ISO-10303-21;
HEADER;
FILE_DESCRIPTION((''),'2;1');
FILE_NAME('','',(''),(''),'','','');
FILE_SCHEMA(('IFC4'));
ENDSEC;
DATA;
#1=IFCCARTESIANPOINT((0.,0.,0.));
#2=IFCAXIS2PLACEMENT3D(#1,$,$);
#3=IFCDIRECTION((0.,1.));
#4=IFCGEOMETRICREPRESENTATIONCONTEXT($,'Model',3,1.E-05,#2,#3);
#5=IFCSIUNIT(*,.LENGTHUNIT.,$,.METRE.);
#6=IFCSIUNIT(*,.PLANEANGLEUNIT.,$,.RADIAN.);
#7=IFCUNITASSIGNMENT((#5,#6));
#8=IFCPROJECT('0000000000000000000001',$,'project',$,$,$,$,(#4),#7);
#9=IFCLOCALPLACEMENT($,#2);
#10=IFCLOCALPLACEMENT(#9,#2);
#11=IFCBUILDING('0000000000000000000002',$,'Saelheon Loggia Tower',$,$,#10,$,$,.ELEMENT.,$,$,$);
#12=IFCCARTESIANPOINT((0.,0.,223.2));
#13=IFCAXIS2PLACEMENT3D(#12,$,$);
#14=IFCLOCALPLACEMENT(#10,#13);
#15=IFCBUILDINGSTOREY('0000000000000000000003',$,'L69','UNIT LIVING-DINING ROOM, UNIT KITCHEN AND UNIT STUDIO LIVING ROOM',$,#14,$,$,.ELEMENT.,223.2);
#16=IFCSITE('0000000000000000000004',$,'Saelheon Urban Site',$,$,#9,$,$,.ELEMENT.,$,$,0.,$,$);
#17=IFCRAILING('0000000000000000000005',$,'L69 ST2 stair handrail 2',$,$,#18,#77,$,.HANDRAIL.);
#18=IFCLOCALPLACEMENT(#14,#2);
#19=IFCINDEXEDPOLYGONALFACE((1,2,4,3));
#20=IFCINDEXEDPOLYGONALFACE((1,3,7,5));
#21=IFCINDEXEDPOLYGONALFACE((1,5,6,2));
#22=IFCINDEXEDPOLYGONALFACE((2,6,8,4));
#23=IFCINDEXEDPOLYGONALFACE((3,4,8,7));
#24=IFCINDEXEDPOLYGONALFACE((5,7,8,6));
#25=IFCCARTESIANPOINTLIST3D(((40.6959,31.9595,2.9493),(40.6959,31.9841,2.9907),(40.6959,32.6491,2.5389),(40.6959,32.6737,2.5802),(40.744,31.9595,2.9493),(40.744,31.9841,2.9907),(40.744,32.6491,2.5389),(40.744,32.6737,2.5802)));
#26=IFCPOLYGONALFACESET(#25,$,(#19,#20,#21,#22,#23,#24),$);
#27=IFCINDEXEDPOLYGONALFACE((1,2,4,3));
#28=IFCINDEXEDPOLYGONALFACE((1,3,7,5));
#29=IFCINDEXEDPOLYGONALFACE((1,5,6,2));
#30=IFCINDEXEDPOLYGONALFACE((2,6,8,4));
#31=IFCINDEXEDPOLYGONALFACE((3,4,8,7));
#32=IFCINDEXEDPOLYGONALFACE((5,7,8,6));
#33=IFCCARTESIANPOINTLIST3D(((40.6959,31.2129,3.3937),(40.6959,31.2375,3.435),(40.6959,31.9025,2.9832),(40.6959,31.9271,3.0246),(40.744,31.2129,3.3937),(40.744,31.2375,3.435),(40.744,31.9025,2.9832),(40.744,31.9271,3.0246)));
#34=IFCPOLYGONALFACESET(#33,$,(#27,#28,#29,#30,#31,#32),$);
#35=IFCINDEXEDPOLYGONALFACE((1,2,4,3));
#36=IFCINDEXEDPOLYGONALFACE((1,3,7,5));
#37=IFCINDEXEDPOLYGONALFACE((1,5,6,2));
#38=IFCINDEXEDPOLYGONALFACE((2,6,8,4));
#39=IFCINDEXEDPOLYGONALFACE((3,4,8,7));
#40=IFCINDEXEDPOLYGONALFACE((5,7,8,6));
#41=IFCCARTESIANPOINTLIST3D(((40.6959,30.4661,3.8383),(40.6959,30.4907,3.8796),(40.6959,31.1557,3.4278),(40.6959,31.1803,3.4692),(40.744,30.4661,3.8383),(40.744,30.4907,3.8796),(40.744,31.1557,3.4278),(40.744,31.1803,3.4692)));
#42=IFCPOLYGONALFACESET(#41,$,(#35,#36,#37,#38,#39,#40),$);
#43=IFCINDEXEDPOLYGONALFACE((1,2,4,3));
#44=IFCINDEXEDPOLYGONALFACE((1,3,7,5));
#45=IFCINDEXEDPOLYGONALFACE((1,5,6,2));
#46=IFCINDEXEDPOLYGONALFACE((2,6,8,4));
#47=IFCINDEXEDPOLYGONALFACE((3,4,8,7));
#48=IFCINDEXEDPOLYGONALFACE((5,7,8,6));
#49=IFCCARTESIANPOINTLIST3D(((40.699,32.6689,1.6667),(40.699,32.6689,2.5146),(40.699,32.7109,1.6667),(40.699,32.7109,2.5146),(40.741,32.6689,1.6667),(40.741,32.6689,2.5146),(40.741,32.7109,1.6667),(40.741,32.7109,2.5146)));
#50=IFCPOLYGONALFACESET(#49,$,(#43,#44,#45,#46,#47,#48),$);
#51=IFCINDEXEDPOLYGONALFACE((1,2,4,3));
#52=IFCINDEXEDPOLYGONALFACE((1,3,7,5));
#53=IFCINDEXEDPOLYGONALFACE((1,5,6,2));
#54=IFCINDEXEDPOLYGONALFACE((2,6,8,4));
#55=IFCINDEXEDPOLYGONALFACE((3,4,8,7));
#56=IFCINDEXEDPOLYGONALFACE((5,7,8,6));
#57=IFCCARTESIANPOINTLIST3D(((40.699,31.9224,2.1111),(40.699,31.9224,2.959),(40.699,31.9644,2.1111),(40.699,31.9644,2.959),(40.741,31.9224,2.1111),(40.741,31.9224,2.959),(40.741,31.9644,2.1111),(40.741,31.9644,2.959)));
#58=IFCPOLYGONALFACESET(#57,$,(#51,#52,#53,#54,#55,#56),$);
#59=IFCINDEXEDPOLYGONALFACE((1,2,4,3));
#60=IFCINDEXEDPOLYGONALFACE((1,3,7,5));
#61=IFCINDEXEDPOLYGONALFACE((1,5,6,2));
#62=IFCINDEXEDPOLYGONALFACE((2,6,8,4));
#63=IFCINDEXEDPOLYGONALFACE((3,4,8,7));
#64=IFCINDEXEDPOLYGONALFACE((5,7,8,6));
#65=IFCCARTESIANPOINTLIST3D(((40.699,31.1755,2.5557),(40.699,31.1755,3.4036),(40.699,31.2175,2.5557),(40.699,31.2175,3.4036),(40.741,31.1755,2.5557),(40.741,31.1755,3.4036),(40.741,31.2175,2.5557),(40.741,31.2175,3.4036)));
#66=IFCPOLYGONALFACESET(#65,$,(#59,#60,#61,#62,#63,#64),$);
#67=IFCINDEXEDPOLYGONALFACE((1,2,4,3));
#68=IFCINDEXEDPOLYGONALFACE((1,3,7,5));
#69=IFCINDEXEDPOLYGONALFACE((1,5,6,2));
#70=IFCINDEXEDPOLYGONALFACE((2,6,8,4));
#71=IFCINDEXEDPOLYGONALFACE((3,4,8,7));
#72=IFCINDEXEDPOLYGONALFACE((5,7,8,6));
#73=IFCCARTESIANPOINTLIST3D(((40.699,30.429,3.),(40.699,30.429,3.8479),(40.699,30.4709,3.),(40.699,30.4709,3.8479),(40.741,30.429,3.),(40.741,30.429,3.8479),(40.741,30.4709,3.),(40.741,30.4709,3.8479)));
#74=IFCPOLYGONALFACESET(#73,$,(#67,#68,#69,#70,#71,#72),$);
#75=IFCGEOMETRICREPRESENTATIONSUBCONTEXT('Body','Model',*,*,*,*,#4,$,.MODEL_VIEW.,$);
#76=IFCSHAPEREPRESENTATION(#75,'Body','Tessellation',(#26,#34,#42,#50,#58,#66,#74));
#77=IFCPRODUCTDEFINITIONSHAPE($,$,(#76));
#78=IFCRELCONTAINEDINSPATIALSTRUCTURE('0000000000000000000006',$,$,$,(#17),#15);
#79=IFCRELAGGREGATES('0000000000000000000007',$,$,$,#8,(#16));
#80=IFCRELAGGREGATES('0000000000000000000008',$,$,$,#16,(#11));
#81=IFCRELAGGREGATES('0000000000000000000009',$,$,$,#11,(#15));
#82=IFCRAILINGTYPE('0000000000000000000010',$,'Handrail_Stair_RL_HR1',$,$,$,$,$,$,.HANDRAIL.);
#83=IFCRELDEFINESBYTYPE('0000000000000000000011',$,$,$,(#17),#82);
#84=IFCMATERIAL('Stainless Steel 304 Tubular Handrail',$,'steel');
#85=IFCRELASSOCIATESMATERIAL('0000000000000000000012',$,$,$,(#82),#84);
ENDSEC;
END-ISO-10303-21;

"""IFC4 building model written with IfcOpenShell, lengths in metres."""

from ifc_helpers import new_model, si_unit, direction, frame, origin, origin_2d, place, context, subcontext, project, spatial, rectangle, extrude, material, type_object, element, save


model = new_model("IFC4")

# Units and contexts
model_context = context("Model", 3, precision=1e-05, world=origin(), true_north=direction((0.0, 1.0)))
body_context = subcontext(model_context, "Body", "Model", "MODEL_VIEW")
ifc_project = project(units=[si_unit("LENGTHUNIT", "METRE"), si_unit("PLANEANGLEUNIT", "RADIAN")], contexts=[model_context])

# Site, building, storey
site_placement = place(None, origin())
site = spatial("IfcSite", under=ifc_project, at=site_placement, Name="Saelheon Urban Site", CompositionType="ELEMENT", RefElevation=0.0)
building_placement = place(site_placement, origin())
building = spatial("IfcBuilding", under=site, at=building_placement, Name="Saelheon Loggia Tower", CompositionType="ELEMENT")
storey_placement = place(building_placement, frame((0.0, 0.0, 223.2)))
storey = spatial("IfcBuildingStorey", under=building, at=storey_placement, Name="L69", Description="UNIT LIVING-DINING ROOM, UNIT KITCHEN AND UNIT STUDIO LIVING ROOM", CompositionType="ELEMENT", Elevation=223.2)

# Railing
ifc_material_1 = material(Name="Stainless Steel 304 Tubular Handrail", Category="steel")
railing_type_1 = type_object("IfcRailingType", Name="Handrail_Stair_RL_HR1", PredefinedType="HANDRAIL", material=ifc_material_1)
railing_1_placement = place(storey_placement, frame((40.72, 32.6899, 1.6667)))
element("IfcRailing", 1, at=railing_1_placement, inside=storey, type_object=railing_type_1, Name="L69 ST2 stair handrail 2", PredefinedType="HANDRAIL", context=body_context, shape_type="SweptSolid", body=[
    extrude(rectangle(XDim=0.0481, YDim=0.0481, at=origin_2d()), frame((0.0, -0.0286, 0.8928), z_axis=(0.0, -0.859306, 0.511462), x_axis=(1.0, 0.0, 0.0)), (0.0, 0.0, 1.0), 0.8025),
    extrude(rectangle(XDim=0.0481, YDim=0.0481, at=origin_2d()), frame((0.0, -0.7751, 1.3372), z_axis=(0.0, -0.859306, 0.511462), x_axis=(1.0, 0.0, 0.0)), (0.0, 0.0, 1.0), 0.8025),
    extrude(rectangle(XDim=0.0481, YDim=0.0481, at=origin_2d()), frame((0.0, -1.522, 1.7817), z_axis=(0.0, -0.859306, 0.511462), x_axis=(1.0, 0.0, 0.0)), (0.0, 0.0, 1.0), 0.8025),
    extrude(rectangle(XDim=0.042, YDim=0.042, at=origin_2d()), origin(), (0.0, 0.0, 1.0), 0.8479),
    extrude(rectangle(XDim=0.042, YDim=0.042, at=origin_2d()), frame((0.0, -0.7466, 0.4443)), (0.0, 0.0, 1.0), 0.8479),
    extrude(rectangle(XDim=0.042, YDim=0.042, at=origin_2d()), frame((0.0, -1.4934, 0.8889)), (0.0, 0.0, 1.0), 0.8479),
    extrude(rectangle(XDim=0.042, YDim=0.042, at=origin_2d()), frame((0.0, -2.24, 1.3333)), (0.0, 0.0, 1.0), 0.8479),
])

save(model, "model.ifc")
